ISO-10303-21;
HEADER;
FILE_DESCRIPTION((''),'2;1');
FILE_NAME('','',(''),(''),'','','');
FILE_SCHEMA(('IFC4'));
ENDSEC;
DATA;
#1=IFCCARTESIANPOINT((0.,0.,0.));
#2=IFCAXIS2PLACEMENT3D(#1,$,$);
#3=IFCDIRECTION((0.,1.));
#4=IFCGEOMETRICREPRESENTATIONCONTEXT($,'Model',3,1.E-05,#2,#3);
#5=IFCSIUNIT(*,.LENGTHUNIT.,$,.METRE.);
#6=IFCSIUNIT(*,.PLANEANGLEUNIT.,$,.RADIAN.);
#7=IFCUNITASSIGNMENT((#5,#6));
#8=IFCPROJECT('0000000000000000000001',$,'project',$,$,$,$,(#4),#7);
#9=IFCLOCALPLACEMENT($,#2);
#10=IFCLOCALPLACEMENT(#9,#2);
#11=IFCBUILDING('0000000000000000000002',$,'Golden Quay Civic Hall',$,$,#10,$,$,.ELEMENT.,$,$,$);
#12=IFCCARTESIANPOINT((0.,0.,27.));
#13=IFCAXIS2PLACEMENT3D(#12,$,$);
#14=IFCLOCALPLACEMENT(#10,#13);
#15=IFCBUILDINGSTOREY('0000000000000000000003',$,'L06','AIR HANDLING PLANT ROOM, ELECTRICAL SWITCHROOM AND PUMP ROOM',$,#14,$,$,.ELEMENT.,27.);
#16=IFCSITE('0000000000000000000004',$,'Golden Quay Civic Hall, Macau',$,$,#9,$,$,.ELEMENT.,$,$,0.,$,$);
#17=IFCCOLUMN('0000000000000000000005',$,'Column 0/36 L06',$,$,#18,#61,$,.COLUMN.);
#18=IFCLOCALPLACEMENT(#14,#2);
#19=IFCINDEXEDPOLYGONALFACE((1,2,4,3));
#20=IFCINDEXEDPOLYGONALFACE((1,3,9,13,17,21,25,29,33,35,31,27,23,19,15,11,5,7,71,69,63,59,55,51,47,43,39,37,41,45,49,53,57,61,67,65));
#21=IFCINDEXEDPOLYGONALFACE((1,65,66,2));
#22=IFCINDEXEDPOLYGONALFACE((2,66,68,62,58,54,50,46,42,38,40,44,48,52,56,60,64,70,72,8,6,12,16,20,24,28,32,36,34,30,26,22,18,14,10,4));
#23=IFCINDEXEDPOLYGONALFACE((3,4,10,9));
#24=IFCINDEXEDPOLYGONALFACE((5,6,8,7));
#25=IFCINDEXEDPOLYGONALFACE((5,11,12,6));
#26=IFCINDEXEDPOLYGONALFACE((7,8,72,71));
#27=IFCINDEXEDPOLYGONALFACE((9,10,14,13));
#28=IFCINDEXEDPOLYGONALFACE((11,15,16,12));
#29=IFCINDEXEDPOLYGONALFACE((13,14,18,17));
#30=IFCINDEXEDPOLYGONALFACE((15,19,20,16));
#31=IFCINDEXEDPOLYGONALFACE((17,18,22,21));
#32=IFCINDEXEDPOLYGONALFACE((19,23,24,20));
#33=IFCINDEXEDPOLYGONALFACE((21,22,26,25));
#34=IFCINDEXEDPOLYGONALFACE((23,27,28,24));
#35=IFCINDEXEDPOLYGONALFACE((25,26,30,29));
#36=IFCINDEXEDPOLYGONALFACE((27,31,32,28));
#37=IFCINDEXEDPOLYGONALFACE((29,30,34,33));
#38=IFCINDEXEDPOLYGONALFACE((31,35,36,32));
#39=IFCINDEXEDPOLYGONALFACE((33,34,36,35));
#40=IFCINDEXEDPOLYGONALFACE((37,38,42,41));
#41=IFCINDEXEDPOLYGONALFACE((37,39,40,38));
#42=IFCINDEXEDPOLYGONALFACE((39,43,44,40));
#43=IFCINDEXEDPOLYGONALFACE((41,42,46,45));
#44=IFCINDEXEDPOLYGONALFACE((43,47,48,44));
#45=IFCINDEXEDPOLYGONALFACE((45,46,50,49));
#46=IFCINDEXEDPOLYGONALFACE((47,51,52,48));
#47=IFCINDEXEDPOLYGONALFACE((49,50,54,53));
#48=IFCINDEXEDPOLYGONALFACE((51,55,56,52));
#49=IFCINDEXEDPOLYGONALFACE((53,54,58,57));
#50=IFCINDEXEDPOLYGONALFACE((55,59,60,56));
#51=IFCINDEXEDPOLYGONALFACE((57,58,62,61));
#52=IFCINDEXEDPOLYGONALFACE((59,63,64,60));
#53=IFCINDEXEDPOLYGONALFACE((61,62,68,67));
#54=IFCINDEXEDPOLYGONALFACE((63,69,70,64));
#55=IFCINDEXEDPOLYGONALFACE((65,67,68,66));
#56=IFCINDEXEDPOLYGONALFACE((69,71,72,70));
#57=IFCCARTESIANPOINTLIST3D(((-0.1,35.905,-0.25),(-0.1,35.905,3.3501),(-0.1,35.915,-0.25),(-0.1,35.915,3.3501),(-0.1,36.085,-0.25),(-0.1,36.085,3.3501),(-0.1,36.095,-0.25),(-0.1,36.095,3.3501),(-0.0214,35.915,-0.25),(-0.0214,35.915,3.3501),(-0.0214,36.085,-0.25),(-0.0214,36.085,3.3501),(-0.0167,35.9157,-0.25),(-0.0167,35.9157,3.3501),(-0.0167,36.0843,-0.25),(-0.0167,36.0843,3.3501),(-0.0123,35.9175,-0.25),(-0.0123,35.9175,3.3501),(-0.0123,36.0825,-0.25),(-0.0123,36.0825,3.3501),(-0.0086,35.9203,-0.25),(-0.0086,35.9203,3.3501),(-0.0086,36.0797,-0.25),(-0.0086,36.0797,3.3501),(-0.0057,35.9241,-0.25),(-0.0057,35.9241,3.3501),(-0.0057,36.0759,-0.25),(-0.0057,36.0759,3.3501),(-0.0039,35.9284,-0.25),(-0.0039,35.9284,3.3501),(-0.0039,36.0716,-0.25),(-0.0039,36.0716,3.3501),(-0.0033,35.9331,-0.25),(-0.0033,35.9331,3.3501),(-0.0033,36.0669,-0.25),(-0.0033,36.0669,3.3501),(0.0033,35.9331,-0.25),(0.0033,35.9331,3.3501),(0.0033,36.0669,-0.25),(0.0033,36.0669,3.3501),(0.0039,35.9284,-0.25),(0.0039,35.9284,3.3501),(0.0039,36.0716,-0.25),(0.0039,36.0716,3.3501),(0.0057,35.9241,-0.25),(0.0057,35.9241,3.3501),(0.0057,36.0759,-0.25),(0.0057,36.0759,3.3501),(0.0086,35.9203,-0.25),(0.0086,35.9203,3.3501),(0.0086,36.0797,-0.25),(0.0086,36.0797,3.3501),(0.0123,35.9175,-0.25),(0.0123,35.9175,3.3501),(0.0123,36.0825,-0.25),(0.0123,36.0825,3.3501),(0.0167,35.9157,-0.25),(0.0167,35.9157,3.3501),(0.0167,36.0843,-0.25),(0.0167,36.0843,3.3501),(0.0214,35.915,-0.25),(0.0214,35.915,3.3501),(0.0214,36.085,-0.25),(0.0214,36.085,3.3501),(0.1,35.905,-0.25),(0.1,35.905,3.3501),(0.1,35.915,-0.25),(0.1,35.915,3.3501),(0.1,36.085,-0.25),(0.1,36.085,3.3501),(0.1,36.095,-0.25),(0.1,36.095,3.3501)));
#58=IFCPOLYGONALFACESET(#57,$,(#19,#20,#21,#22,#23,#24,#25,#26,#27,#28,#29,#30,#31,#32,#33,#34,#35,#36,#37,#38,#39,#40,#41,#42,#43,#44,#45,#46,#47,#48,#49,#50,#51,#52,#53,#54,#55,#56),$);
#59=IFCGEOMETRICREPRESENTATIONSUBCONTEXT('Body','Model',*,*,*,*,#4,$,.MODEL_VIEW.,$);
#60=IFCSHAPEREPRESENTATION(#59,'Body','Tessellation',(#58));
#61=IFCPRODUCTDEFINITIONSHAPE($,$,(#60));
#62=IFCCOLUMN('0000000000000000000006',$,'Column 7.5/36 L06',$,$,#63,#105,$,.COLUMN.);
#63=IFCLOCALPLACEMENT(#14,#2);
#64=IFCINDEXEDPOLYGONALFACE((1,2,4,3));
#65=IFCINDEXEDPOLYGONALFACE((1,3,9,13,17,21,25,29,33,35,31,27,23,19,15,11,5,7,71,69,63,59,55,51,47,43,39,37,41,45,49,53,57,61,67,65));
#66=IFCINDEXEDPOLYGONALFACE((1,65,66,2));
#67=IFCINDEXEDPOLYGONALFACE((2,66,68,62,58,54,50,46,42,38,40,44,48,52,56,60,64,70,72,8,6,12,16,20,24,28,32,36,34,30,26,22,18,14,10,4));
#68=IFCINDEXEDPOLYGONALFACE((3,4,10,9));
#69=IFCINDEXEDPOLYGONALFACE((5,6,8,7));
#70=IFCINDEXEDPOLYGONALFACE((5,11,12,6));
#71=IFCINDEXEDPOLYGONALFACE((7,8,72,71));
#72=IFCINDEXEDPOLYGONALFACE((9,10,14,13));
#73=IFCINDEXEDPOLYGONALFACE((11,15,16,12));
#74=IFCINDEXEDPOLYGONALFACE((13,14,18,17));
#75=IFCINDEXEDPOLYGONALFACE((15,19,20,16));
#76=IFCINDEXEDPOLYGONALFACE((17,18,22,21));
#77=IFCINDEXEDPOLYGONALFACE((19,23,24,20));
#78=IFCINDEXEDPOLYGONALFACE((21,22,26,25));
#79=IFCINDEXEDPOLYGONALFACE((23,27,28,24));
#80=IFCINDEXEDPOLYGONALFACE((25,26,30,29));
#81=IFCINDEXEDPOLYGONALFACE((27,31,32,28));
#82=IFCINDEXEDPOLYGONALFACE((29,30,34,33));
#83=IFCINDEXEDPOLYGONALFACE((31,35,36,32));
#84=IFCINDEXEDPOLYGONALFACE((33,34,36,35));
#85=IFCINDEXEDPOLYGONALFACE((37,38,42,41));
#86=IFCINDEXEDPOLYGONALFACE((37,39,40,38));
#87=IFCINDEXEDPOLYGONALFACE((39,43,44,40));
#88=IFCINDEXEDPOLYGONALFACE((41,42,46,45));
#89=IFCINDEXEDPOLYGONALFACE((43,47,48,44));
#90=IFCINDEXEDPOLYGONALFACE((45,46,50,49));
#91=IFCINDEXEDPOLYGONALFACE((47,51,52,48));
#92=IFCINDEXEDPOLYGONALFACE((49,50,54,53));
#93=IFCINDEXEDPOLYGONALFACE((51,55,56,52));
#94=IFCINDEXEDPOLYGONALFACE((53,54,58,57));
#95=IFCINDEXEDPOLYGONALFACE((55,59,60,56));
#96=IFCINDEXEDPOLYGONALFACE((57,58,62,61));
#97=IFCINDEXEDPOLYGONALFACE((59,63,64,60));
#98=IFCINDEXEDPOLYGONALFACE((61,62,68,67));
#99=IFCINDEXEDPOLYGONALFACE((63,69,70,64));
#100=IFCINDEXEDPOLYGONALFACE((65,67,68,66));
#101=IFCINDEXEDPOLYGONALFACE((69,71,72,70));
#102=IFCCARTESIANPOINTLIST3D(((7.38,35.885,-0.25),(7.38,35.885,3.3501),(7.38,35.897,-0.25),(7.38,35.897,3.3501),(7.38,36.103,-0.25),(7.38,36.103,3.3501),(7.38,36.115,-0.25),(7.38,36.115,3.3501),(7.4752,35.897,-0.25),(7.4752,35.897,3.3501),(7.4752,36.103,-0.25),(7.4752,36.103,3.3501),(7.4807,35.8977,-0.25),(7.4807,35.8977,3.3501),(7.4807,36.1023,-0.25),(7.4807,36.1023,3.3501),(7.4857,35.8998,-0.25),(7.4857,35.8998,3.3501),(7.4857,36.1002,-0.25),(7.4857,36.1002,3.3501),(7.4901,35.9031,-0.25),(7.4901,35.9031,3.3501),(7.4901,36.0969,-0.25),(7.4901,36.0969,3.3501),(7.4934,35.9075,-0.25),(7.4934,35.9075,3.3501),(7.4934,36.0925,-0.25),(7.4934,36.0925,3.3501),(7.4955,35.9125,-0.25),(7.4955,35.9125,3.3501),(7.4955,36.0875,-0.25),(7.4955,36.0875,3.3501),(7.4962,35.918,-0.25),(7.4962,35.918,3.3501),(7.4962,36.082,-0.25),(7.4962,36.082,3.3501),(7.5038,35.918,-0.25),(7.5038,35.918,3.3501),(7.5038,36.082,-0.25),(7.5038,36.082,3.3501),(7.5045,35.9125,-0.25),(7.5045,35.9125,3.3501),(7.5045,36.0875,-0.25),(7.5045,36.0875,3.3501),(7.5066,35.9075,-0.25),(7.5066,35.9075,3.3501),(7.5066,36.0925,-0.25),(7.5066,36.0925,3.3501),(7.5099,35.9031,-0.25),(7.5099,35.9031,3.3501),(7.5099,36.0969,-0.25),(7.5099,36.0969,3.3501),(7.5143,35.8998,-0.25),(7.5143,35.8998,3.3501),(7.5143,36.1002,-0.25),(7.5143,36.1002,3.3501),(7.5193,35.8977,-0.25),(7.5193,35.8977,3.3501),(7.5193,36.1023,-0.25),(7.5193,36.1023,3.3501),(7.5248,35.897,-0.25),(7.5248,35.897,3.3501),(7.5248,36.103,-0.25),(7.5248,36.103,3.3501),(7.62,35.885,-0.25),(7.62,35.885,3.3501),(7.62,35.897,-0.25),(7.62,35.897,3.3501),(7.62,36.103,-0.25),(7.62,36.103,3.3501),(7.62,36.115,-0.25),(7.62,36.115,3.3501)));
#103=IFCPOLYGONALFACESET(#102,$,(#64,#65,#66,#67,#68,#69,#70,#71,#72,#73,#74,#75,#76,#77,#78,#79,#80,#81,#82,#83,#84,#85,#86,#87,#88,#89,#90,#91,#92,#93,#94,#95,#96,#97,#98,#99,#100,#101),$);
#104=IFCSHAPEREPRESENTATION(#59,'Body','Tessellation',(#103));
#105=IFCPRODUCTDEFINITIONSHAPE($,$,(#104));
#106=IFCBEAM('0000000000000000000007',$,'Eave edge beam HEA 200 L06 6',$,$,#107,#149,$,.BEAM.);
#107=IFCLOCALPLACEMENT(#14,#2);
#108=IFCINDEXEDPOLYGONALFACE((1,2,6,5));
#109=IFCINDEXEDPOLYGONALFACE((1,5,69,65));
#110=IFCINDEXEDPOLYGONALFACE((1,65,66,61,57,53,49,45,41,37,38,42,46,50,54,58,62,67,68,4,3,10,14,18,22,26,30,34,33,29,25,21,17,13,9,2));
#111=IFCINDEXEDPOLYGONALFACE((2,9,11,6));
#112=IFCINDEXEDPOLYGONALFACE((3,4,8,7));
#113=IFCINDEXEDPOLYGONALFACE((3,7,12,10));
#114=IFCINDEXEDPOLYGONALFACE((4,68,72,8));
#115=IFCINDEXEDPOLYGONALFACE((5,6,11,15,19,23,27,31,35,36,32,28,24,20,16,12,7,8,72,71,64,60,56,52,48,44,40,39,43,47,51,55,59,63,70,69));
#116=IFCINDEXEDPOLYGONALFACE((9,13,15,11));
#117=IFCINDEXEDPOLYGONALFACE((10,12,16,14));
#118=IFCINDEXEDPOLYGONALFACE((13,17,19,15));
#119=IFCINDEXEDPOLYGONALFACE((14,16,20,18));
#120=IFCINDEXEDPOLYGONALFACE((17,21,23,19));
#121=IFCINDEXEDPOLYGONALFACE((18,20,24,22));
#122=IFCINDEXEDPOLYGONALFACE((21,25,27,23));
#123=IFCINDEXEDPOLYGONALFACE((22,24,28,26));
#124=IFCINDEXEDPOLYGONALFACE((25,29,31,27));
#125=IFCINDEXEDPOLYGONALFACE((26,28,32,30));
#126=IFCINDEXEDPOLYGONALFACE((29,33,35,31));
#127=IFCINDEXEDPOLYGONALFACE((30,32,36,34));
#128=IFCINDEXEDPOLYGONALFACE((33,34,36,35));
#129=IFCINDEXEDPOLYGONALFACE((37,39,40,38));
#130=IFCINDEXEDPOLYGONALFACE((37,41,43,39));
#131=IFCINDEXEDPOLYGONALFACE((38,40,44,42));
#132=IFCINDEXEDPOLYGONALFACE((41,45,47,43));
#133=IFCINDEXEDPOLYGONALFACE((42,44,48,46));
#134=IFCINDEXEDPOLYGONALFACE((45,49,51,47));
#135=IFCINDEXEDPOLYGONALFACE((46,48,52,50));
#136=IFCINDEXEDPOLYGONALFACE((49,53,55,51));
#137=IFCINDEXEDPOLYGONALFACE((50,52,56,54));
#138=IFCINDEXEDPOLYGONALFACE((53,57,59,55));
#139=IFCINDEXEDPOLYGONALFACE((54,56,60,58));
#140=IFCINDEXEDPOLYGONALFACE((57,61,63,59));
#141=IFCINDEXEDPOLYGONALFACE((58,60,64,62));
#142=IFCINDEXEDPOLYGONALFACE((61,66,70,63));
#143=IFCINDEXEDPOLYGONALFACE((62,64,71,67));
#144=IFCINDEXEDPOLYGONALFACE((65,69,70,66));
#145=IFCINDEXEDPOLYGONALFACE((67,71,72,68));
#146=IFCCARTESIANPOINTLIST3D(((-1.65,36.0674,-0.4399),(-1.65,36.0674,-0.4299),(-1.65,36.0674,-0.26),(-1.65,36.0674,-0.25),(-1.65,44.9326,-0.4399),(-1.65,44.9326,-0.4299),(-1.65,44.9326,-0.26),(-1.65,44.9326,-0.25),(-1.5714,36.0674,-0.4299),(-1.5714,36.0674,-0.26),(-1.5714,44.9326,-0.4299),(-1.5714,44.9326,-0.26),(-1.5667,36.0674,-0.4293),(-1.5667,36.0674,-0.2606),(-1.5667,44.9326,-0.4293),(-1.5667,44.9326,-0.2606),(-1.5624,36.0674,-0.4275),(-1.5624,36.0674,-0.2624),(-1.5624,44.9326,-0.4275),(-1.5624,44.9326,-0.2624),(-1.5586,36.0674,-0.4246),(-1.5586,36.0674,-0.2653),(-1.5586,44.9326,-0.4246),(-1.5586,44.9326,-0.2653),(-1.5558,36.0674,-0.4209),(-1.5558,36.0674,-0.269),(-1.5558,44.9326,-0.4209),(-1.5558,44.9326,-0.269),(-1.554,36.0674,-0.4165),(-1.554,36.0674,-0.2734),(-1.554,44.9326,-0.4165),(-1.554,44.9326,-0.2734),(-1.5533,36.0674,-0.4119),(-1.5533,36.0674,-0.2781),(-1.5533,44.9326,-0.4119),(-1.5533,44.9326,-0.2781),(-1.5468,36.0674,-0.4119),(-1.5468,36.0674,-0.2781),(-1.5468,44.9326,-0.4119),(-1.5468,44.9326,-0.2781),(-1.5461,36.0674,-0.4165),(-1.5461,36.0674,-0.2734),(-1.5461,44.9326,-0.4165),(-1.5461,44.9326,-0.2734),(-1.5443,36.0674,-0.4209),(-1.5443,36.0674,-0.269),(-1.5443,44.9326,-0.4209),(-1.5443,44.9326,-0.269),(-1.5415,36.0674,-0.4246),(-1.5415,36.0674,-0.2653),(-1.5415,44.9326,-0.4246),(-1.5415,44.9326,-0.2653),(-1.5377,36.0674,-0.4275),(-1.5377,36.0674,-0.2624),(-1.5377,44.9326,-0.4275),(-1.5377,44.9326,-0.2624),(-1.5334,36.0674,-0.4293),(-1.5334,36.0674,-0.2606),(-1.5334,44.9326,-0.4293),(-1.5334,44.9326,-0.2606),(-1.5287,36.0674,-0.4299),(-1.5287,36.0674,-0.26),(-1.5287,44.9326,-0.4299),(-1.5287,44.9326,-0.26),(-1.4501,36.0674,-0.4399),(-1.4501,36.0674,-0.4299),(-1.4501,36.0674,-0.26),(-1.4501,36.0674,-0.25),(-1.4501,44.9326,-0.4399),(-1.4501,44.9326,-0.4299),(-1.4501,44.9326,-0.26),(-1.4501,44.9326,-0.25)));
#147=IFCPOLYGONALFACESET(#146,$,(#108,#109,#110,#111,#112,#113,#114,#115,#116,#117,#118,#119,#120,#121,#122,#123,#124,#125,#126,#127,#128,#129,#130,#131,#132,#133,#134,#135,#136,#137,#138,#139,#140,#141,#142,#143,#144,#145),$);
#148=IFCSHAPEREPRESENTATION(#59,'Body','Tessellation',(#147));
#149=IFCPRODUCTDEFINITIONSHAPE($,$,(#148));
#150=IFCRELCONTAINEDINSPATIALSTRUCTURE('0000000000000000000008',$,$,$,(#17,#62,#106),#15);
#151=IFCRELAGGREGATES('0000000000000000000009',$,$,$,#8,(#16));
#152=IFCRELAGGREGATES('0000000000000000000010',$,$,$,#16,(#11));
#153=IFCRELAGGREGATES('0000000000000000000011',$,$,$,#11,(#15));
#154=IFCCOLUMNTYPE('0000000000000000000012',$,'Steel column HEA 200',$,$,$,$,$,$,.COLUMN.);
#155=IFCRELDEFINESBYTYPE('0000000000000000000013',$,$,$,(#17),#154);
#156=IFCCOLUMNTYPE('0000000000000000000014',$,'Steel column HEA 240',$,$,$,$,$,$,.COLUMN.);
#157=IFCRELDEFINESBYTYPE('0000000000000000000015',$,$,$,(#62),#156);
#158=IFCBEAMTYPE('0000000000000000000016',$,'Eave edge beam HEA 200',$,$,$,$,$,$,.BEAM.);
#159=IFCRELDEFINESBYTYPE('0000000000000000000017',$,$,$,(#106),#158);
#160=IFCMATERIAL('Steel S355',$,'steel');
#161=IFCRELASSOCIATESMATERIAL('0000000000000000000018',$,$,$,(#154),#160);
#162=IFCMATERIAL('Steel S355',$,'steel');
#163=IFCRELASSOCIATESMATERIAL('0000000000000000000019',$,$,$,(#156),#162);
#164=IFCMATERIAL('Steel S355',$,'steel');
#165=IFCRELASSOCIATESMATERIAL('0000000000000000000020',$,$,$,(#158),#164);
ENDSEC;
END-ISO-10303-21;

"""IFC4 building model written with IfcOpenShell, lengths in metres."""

from ifc_helpers import new_model, si_unit, direction, frame, origin, origin_2d, place, context, subcontext, project, spatial, i_section, extrude, material, material_profile, profile_set, type_object, element, save


model = new_model("IFC4")

# Units and contexts
model_context = context("Model", 3, precision=1e-05, world=origin(), true_north=direction((0.0, 1.0)))
body_context = subcontext(model_context, "Body", "Model", "MODEL_VIEW")
ifc_project = project(units=[si_unit("LENGTHUNIT", "METRE"), si_unit("PLANEANGLEUNIT", "RADIAN")], contexts=[model_context])

# Site, building, storey
site_placement = place(None, origin())
site = spatial("IfcSite", under=ifc_project, at=site_placement, Name="Golden Quay Civic Hall, Macau", CompositionType="ELEMENT", RefElevation=0.0)
building_placement = place(site_placement, origin())
building = spatial("IfcBuilding", under=site, at=building_placement, Name="Golden Quay Civic Hall", CompositionType="ELEMENT")
storey_placement = place(building_placement, frame((0.0, 0.0, 27.0)))
storey = spatial("IfcBuildingStorey", under=building, at=storey_placement, Name="L06", Description="AIR HANDLING PLANT ROOM, ELECTRICAL SWITCHROOM AND PUMP ROOM", CompositionType="ELEMENT", Elevation=27.0)

# Columns
ifc_material_1 = material(Name="Steel S355", Category="steel")
ifc_material_profile_1 = material_profile(ifc_material_1, i_section(OverallWidth=0.2, OverallDepth=0.1899, WebThickness=0.0066, FlangeThickness=0.01, FilletRadius=0.0181, at=origin_2d()), Name="HEA 200")
ifc_profile_set_1 = profile_set([ifc_material_profile_1], Name="Steel S355")
column_type_1 = type_object("IfcColumnType", Name="Steel column HEA 200", PredefinedType="COLUMN", material=ifc_profile_set_1)
column_1_placement = place(storey_placement, frame((0.0, 36.0, -0.25), z_axis=(0.0, 0.0, 1.0), x_axis=(1.0, 0.0, 0.0)))
element("IfcColumn", 1, at=column_1_placement, inside=storey, type_object=column_type_1, Name="Column 0/36 L06", PredefinedType="COLUMN", context=body_context, shape_type="SweptSolid", body=[
    extrude(i_section(OverallWidth=0.2, OverallDepth=0.1899, WebThickness=0.0066, FlangeThickness=0.01, FilletRadius=0.0181, at=origin_2d()), origin(), (0.0, 0.0, 1.0), 3.6001),
])
ifc_material_2 = material(Name="Steel S355", Category="steel")
ifc_material_profile_2 = material_profile(ifc_material_2, i_section(OverallWidth=0.24, OverallDepth=0.23, WebThickness=0.0076, FlangeThickness=0.012, FilletRadius=0.021, at=origin_2d()), Name="HEA 240")
ifc_profile_set_2 = profile_set([ifc_material_profile_2], Name="Steel S355")
column_type_2 = type_object("IfcColumnType", Name="Steel column HEA 240", PredefinedType="COLUMN", material=ifc_profile_set_2)
column_2_placement = place(storey_placement, frame((7.5, 36.0, -0.25), z_axis=(0.0, 0.0, 1.0), x_axis=(1.0, 0.0, 0.0)))
element("IfcColumn", 2, at=column_2_placement, inside=storey, type_object=column_type_2, Name="Column 7.5/36 L06", PredefinedType="COLUMN", context=body_context, shape_type="SweptSolid", body=[
    extrude(i_section(OverallWidth=0.24, OverallDepth=0.23, WebThickness=0.0076, FlangeThickness=0.012, FilletRadius=0.021, at=origin_2d()), origin(), (0.0, 0.0, 1.0), 3.6001),
])

# Beam
ifc_material_3 = material(Name="Steel S355", Category="steel")
ifc_material_profile_3 = material_profile(ifc_material_3, i_section(OverallWidth=0.2, OverallDepth=0.1899, WebThickness=0.0066, FlangeThickness=0.01, FilletRadius=0.0181, at=origin_2d()), Name="HEA 200")
ifc_profile_set_3 = profile_set([ifc_material_profile_3], Name="Steel S355")
beam_type_1 = type_object("IfcBeamType", Name="Eave edge beam HEA 200", PredefinedType="BEAM", material=ifc_profile_set_3)
beam_1_placement = place(storey_placement, frame((-1.55, 36.0674, -0.345), z_axis=(0.0, 1.0, 0.0), x_axis=(-1.0, 0.0, 0.0)))
element("IfcBeam", 3, at=beam_1_placement, inside=storey, type_object=beam_type_1, Name="Eave edge beam HEA 200 L06 6", PredefinedType="BEAM", context=body_context, shape_type="SweptSolid", body=[
    extrude(i_section(OverallWidth=0.2, OverallDepth=0.1899, WebThickness=0.0066, FlangeThickness=0.01, FilletRadius=0.0181, at=origin_2d()), origin(), (0.0, 0.0, 1.0), 8.8652),
])

save(model, "model.ifc")
